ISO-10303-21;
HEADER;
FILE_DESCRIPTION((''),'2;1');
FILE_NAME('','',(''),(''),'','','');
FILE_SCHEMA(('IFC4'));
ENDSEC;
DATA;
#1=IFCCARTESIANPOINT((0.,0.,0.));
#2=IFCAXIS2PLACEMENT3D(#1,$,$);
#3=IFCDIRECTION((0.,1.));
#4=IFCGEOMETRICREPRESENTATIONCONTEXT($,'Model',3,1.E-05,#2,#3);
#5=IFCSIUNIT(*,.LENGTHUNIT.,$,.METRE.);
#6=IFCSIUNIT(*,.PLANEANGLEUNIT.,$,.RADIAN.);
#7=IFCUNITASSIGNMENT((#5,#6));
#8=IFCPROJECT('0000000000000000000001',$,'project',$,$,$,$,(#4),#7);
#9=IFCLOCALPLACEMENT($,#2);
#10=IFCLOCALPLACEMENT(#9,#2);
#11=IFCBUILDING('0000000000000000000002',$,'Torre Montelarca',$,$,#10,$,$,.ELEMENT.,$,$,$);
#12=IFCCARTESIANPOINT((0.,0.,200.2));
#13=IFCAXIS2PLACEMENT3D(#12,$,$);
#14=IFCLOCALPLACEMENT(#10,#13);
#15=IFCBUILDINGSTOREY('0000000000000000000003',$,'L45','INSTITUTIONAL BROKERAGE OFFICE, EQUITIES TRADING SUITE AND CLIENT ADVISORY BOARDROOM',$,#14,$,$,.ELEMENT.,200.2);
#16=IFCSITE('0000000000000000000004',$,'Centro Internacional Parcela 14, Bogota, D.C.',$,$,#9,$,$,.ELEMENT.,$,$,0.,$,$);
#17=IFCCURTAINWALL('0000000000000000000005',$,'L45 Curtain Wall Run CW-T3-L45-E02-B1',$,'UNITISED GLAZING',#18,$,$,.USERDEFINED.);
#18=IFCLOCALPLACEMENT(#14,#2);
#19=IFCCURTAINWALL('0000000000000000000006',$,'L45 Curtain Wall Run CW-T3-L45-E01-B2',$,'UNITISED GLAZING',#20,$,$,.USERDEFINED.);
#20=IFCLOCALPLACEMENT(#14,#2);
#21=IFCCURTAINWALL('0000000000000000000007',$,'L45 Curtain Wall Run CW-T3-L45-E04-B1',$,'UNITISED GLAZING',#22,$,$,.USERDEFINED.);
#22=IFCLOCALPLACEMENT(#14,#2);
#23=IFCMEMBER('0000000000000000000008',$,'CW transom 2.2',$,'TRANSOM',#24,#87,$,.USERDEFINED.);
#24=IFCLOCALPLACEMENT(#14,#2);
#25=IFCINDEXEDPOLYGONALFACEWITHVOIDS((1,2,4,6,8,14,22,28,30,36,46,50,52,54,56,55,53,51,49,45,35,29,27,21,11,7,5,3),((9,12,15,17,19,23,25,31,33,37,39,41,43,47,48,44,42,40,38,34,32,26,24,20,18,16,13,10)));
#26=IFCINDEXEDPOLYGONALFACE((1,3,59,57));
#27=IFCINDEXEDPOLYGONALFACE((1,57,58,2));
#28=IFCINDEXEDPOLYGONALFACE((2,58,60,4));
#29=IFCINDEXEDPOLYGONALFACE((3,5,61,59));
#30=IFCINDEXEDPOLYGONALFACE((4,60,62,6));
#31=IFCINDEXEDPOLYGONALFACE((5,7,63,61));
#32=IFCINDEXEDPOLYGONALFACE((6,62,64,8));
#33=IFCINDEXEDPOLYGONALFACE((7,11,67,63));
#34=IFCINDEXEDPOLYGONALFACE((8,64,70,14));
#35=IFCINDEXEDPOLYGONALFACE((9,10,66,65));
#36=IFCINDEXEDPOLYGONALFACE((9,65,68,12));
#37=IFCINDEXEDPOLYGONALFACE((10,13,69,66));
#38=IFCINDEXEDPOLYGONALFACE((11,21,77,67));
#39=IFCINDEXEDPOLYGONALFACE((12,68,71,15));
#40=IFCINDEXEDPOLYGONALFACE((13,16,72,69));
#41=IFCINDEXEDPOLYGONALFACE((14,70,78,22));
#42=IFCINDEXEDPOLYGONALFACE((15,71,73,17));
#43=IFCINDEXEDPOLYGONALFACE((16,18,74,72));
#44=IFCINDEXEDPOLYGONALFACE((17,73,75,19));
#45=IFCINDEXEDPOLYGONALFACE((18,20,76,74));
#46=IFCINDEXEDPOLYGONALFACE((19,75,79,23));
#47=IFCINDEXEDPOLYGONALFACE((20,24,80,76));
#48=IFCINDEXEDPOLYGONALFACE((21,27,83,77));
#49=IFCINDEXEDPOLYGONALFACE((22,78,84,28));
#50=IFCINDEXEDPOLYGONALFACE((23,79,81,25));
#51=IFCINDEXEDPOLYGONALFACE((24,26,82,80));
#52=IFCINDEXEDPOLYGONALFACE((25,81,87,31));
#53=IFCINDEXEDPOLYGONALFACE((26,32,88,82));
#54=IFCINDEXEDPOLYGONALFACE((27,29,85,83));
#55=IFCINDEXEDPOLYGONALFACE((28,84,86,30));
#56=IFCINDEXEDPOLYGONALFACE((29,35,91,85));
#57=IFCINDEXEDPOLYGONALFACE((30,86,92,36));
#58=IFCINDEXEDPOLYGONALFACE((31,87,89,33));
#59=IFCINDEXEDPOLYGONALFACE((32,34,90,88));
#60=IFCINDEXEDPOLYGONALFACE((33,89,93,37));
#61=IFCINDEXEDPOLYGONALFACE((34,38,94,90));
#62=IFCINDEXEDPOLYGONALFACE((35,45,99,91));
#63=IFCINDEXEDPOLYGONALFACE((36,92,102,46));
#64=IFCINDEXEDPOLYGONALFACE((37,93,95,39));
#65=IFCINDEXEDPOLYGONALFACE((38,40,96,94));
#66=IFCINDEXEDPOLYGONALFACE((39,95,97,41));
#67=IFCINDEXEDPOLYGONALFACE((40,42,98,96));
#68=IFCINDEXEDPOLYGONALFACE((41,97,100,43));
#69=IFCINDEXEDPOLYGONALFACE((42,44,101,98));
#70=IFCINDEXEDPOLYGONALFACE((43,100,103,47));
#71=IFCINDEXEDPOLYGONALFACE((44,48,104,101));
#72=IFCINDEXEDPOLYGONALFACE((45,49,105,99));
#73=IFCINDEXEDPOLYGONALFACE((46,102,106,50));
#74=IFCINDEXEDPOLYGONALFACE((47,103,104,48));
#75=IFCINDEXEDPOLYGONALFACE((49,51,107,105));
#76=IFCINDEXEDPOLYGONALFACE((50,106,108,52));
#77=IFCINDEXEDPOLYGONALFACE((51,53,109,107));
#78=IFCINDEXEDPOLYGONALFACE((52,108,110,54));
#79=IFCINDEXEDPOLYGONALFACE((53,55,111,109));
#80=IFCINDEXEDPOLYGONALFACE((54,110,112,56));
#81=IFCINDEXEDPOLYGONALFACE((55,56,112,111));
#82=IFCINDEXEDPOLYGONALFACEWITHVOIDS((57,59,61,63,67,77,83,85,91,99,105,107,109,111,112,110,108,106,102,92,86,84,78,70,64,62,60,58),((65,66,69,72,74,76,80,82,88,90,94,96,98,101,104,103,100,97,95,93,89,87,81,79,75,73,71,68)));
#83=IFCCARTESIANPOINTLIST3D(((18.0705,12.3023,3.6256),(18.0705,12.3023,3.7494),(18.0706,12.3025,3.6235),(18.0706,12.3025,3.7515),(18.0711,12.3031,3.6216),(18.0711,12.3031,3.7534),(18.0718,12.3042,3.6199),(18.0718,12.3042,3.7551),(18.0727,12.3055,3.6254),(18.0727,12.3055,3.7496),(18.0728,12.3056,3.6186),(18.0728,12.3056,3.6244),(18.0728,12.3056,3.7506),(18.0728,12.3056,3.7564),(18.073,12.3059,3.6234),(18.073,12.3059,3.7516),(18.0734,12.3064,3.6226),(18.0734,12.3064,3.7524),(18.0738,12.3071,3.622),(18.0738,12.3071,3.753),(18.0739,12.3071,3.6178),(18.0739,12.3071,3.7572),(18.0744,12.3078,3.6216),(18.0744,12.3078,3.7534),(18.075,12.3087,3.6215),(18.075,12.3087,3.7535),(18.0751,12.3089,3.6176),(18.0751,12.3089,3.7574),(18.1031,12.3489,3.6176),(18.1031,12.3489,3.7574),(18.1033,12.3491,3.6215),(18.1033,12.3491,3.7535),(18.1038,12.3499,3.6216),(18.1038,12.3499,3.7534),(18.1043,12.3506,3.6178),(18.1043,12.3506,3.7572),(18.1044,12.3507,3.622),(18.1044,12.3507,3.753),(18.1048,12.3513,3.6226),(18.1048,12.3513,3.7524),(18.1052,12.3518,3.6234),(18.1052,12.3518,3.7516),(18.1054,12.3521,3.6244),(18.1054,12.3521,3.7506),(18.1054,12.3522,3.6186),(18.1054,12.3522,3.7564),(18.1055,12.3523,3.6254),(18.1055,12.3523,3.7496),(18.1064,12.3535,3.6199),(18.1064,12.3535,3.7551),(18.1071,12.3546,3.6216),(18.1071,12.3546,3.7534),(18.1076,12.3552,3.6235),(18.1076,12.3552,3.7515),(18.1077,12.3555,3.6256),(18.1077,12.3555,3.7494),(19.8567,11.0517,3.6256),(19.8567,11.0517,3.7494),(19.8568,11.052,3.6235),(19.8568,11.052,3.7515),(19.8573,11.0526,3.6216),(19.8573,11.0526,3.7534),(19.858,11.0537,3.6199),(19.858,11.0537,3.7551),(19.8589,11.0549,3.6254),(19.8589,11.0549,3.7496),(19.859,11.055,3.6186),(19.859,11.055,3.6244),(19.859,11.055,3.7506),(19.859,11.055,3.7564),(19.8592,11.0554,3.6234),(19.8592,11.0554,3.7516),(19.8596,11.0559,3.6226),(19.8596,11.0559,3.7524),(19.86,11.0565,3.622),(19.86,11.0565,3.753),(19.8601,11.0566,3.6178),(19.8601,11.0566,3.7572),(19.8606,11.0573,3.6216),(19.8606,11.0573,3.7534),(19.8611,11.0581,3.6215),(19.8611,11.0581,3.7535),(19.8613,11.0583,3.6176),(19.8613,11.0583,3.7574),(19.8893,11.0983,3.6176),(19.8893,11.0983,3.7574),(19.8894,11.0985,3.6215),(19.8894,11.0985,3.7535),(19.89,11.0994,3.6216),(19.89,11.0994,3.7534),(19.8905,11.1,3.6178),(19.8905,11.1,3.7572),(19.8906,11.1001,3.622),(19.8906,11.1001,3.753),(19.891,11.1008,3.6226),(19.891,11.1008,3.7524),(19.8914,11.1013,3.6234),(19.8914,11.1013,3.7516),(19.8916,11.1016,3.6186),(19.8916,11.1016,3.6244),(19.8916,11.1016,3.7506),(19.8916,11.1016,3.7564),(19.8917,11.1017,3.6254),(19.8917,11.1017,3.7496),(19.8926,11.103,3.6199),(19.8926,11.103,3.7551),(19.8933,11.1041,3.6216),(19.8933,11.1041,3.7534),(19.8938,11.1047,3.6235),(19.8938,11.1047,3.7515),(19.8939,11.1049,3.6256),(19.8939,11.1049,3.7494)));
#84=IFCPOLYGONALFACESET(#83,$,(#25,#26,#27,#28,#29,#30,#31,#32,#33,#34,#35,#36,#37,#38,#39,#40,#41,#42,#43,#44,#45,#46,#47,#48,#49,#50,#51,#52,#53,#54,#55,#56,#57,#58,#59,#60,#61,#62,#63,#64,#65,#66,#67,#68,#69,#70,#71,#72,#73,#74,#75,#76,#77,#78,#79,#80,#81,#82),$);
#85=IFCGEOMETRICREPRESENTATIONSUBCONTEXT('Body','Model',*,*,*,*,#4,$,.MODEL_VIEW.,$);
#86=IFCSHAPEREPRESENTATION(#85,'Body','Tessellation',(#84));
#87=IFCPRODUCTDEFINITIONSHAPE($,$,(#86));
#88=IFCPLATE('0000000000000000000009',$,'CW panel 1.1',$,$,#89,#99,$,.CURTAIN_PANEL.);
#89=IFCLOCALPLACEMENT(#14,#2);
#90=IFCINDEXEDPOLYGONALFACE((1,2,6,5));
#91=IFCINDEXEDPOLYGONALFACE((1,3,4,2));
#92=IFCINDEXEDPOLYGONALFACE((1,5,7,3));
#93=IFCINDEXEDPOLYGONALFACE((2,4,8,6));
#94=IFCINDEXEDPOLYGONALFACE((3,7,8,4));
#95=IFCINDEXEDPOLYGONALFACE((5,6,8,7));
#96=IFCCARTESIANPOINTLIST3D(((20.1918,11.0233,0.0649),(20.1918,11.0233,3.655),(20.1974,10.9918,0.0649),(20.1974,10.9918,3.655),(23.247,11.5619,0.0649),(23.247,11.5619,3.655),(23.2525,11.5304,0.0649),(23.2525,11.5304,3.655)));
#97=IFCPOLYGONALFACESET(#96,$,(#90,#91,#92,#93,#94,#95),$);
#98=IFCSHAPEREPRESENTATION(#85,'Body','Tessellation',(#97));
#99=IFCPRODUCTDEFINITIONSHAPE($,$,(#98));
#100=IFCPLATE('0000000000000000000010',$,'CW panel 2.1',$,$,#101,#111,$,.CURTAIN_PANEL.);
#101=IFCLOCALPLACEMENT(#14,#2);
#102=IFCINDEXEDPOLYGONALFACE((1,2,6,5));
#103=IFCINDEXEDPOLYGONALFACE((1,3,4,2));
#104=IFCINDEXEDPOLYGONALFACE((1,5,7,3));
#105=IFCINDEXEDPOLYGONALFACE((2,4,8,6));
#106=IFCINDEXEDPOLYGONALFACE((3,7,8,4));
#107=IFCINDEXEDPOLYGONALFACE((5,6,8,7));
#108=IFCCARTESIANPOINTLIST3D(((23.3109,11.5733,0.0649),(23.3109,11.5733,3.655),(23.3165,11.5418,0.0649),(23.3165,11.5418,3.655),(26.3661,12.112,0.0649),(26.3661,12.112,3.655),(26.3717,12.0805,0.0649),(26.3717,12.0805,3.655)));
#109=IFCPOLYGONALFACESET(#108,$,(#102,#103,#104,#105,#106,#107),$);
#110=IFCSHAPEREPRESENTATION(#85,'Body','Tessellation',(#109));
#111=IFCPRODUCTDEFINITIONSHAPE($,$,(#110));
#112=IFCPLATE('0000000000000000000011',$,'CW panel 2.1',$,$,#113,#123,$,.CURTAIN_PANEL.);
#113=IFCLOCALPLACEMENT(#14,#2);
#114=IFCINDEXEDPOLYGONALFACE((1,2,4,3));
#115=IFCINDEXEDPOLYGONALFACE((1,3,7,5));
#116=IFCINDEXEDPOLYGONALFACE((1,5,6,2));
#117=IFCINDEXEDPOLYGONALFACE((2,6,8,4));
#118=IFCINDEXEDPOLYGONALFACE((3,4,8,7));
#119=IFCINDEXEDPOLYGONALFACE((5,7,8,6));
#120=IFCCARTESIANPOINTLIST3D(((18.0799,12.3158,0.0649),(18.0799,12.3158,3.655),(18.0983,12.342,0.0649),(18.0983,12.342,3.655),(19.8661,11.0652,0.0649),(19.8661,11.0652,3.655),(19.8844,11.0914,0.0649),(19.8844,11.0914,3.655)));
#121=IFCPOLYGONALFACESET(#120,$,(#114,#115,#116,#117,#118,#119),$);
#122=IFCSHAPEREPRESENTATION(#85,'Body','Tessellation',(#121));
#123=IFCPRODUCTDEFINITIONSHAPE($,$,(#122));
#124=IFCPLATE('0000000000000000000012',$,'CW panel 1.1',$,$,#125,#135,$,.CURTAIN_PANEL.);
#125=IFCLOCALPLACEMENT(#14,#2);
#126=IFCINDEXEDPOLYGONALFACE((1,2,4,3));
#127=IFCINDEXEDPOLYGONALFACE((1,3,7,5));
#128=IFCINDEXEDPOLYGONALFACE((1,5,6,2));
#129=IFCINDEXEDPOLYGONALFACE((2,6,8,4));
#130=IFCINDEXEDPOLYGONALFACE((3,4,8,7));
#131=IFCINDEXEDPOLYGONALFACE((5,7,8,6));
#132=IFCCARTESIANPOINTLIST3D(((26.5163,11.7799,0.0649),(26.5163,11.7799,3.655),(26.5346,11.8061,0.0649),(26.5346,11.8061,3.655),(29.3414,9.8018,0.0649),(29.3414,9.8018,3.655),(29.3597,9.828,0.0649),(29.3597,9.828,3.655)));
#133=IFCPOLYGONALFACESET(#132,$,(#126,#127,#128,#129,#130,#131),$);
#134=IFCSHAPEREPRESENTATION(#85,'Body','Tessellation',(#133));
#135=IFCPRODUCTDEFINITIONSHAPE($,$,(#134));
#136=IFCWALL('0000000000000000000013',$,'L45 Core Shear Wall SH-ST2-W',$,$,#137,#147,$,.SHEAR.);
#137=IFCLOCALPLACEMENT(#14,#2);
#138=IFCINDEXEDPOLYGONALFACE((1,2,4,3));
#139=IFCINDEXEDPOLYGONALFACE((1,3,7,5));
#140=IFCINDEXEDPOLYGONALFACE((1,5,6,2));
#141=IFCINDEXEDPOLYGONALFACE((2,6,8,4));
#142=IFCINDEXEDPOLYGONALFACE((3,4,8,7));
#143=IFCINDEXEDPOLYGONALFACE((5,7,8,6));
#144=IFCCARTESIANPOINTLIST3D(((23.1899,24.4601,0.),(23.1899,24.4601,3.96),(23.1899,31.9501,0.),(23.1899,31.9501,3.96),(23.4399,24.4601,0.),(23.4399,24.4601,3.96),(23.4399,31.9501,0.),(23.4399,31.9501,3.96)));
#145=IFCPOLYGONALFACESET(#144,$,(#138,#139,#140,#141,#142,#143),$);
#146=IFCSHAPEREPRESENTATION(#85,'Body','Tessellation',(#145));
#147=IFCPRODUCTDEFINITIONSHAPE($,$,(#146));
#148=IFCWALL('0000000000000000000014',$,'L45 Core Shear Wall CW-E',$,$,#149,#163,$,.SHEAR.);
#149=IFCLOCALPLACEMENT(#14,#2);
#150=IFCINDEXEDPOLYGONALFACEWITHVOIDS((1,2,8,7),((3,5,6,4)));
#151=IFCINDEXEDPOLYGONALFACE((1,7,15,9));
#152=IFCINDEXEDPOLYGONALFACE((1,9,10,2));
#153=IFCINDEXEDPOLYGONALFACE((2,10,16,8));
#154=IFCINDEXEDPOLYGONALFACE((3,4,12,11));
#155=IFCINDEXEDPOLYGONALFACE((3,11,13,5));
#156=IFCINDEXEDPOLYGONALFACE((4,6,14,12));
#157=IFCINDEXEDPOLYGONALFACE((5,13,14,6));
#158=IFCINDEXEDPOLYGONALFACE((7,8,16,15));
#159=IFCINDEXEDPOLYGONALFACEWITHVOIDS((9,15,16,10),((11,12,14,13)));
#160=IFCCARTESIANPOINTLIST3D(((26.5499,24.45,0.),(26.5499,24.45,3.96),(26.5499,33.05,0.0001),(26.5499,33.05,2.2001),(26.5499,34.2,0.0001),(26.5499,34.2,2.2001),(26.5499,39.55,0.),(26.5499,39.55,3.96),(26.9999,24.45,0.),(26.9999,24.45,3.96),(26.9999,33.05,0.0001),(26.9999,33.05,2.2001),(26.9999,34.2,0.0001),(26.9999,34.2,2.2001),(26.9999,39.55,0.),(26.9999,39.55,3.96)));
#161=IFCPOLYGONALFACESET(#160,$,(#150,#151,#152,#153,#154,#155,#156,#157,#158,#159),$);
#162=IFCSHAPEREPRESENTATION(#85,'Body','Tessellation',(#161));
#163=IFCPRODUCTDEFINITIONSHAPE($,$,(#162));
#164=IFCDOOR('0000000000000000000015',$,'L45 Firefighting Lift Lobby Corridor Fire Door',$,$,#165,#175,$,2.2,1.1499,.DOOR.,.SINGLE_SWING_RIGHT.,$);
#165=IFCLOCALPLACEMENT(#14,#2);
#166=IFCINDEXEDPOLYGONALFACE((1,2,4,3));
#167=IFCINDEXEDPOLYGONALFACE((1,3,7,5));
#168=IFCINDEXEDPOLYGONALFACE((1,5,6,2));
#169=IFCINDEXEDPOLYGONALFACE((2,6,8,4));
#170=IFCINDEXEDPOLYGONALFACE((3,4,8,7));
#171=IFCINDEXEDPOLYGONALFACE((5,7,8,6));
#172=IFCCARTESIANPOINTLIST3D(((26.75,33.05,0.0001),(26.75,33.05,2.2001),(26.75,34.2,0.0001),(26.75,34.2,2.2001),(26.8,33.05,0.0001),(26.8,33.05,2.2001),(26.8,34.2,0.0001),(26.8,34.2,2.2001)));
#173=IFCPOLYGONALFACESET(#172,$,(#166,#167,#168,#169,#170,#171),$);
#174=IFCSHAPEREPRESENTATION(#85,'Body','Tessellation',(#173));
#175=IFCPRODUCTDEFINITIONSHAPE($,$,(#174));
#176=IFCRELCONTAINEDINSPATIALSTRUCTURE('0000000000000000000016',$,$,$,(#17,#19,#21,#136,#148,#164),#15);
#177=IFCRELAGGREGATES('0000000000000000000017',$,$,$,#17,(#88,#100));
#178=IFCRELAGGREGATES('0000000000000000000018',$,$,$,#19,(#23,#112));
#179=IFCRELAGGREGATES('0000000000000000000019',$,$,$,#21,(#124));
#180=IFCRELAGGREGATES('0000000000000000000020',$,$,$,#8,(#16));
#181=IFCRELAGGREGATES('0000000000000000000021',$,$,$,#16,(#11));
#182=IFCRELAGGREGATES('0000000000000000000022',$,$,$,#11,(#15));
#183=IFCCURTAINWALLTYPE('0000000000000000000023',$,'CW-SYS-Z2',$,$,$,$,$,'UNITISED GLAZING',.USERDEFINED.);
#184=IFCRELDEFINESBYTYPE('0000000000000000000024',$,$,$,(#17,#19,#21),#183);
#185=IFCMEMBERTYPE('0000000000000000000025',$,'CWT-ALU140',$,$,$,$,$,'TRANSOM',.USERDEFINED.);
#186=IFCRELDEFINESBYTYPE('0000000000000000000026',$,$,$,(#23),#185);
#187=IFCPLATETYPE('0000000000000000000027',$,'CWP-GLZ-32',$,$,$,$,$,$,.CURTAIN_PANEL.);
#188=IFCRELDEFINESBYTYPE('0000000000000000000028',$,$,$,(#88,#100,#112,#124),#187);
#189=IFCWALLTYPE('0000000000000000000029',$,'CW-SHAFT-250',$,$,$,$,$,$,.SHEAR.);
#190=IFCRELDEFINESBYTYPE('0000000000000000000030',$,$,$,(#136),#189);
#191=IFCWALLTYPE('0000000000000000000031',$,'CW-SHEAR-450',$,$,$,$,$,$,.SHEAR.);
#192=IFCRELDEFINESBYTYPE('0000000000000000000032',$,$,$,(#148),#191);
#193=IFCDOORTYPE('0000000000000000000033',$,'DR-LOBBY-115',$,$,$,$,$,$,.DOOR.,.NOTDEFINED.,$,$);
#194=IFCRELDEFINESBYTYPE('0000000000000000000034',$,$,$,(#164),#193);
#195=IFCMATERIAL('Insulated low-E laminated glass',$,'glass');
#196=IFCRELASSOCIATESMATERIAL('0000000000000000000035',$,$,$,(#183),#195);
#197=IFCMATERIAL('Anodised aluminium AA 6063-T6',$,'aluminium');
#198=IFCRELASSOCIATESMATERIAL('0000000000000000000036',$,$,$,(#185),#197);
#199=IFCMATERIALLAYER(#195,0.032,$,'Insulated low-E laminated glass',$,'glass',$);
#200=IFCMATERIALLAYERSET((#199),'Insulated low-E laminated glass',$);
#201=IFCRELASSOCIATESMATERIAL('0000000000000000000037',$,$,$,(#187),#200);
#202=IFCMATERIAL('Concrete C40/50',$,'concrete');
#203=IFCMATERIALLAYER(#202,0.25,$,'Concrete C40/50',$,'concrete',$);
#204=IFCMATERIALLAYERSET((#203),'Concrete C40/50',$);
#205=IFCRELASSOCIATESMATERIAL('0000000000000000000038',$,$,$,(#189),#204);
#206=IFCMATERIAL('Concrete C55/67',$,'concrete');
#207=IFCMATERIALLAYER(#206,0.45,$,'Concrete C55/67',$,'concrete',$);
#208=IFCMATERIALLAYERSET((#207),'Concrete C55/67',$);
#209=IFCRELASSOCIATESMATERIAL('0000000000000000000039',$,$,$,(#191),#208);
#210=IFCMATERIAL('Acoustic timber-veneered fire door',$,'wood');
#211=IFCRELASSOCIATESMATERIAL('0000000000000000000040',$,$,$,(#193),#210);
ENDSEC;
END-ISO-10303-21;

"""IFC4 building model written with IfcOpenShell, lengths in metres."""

from ifc_helpers import new_model, si_unit, direction, frame, frame_2d, origin, origin_2d, place, context, subcontext, project, spatial, rectangle, hollow_rectangle, extrude, source, transform, mapped, material, layer, layer_set, material_profile, profile_set, type_object, element, fill, aggregate, save


model = new_model("IFC4")

# Units and contexts
model_context = context("Model", 3, precision=1e-05, world=origin(), true_north=direction((0.0, 1.0)))
body_context = subcontext(model_context, "Body", "Model", "MODEL_VIEW")
ifc_project = project(units=[si_unit("LENGTHUNIT", "METRE"), si_unit("PLANEANGLEUNIT", "RADIAN")], contexts=[model_context])

# Site, building, storey
site_placement = place(None, origin())
site = spatial("IfcSite", under=ifc_project, at=site_placement, Name="Centro Internacional Parcela 14, Bogota, D.C.", CompositionType="ELEMENT", RefElevation=0.0)
building_placement = place(site_placement, origin())
building = spatial("IfcBuilding", under=site, at=building_placement, Name="Torre Montelarca", CompositionType="ELEMENT")
storey_placement = place(building_placement, frame((0.0, 0.0, 200.2)))
storey = spatial("IfcBuildingStorey", under=building, at=storey_placement, Name="L45", Description="INSTITUTIONAL BROKERAGE OFFICE, EQUITIES TRADING SUITE AND CLIENT ADVISORY BOARDROOM", CompositionType="ELEMENT", Elevation=200.2)

# Shared definitions
ifc_material_1 = material(Name="Concrete C55/67", Category="concrete")

# Curtain wall
ifc_material_2 = material(Name="Insulated low-E laminated glass", Category="glass")
curtain_wall_type = type_object("IfcCurtainWallType", Name="CW-SYS-Z2", ElementType="UNITISED GLAZING", PredefinedType="USERDEFINED", material=ifc_material_2)
curtain_wall_1_placement = place(storey_placement, origin())
curtain_wall_1 = element("IfcCurtainWall", 1, at=curtain_wall_1_placement, inside=storey, type_object=curtain_wall_type, Name="L45 Curtain Wall Run CW-T3-L45-E02-B1", ObjectType="UNITISED GLAZING", PredefinedType="USERDEFINED")
ifc_material_3 = material(Name="Anodised aluminium AA 6063-T6", Category="aluminium")
ifc_material_profile_1 = material_profile(ifc_material_3, hollow_rectangle(XDim=0.0649, YDim=0.1399, WallThickness=0.0039, InnerFilletRadius=0.0039, OuterFilletRadius=0.0081, at=origin_2d()), Name="ALU65X140X4", Category="aluminium")
ifc_profile_set_1 = profile_set([ifc_material_profile_1], Name="Anodised aluminium AA 6063-T6")
member_type_1 = type_object("IfcMemberType", Name="CWT-ALU140", ElementType="TRANSOM", PredefinedType="USERDEFINED", material=ifc_profile_set_1)

# Curtain wall
curtain_wall_2_placement = place(storey_placement, origin())
curtain_wall_2 = element("IfcCurtainWall", 2, at=curtain_wall_2_placement, inside=storey, type_object=curtain_wall_type, Name="L45 Curtain Wall Run CW-T3-L45-E01-B2", ObjectType="UNITISED GLAZING", PredefinedType="USERDEFINED")

# Curtain wall
curtain_wall_3_placement = place(storey_placement, origin())
curtain_wall_3 = element("IfcCurtainWall", 3, at=curtain_wall_3_placement, inside=storey, type_object=curtain_wall_type, Name="L45 Curtain Wall Run CW-T3-L45-E04-B1", ObjectType="UNITISED GLAZING", PredefinedType="USERDEFINED")

# Member
shared_shape_1 = source(origin(), body_context, "Body", "SweptSolid", [
    extrude(hollow_rectangle(XDim=0.0649, YDim=0.1399, WallThickness=0.0039, InnerFilletRadius=0.0039, OuterFilletRadius=0.0081, at=origin_2d()), origin(), (0.0, 0.0, 1.0), 2.1804),
])
member_1_placement = place(storey_placement, frame((18.0891, 12.3289, 3.6875), z_axis=(0.81919, -0.573522, 0.0), x_axis=(0.573522, 0.81919, 0.0)))
member_1 = element("IfcMember", 4, at=member_1_placement, type_object=member_type_1, Name="CW transom 2.2", ObjectType="TRANSOM", PredefinedType="USERDEFINED", context=body_context, shape_type="MappedRepresentation", body=[
    mapped(shared_shape_1, transform((0.0, 0.0, 0.0), scale=1.0)),
])

# Plates
ifc_layer_1 = layer(ifc_material_2, 0.032, Name="Insulated low-E laminated glass", Category="glass")
ifc_layer_set_1 = layer_set([ifc_layer_1], Name="Insulated low-E laminated glass")
plate_type = type_object("IfcPlateType", Name="CWP-GLZ-32", PredefinedType="CURTAIN_PANEL", material=ifc_layer_set_1)
shared_shape_2 = source(origin(), body_context, "Body", "SweptSolid", [
    extrude(rectangle(XDim=3.1023, YDim=0.032, at=origin_2d()), origin(), (0.0, 0.0, 1.0), 3.5901),
])
plate_1_placement = place(storey_placement, frame((21.7222, 11.2769, 0.0649), z_axis=(0.0, 0.0, 1.0), x_axis=(0.98481, 0.173636, 0.0)))
plate_1 = element("IfcPlate", 5, at=plate_1_placement, type_object=plate_type, Name="CW panel 1.1", PredefinedType="CURTAIN_PANEL", context=body_context, shape_type="MappedRepresentation", body=[
    mapped(shared_shape_2, transform((0.0, 0.0, 0.0), scale=1.0)),
])
plate_2_placement = place(storey_placement, frame((24.8413, 11.8269, 0.0649), z_axis=(0.0, 0.0, 1.0), x_axis=(0.98481, 0.173636, 0.0)))
plate_2 = element("IfcPlate", 6, at=plate_2_placement, type_object=plate_type, Name="CW panel 2.1", PredefinedType="CURTAIN_PANEL", context=body_context, shape_type="MappedRepresentation", body=[
    mapped(shared_shape_2, transform((0.0, 0.0, 0.0), scale=1.0)),
])
aggregate(curtain_wall_1, [plate_1, plate_2])
shared_shape_3 = source(origin(), body_context, "Body", "SweptSolid", [
    extrude(rectangle(XDim=2.1804, YDim=0.032, at=origin_2d()), origin(), (0.0, 0.0, 1.0), 3.5901),
])
plate_3_placement = place(storey_placement, frame((18.9822, 11.7036, 0.0649), z_axis=(0.0, 0.0, 1.0), x_axis=(0.819163, -0.573561, 0.0)))
plate_3 = element("IfcPlate", 7, at=plate_3_placement, type_object=plate_type, Name="CW panel 2.1", PredefinedType="CURTAIN_PANEL", context=body_context, shape_type="MappedRepresentation", body=[
    mapped(shared_shape_3, transform((0.0, 0.0, 0.0), scale=1.0)),
])
aggregate(curtain_wall_2, [member_1, plate_3])
shared_shape_4 = source(origin(), body_context, "Body", "SweptSolid", [
    extrude(rectangle(XDim=3.4487, YDim=0.032, at=origin_2d()), origin(), (0.0, 0.0, 1.0), 3.5901),
])
plate_4_placement = place(storey_placement, frame((27.938, 10.804, 0.0649), z_axis=(0.0, 0.0, 1.0), x_axis=(0.819165, -0.573558, 0.0)))
plate_4 = element("IfcPlate", 8, at=plate_4_placement, type_object=plate_type, Name="CW panel 1.1", PredefinedType="CURTAIN_PANEL", context=body_context, shape_type="MappedRepresentation", body=[
    mapped(shared_shape_4, transform((0.0, 0.0, 0.0), scale=1.0)),
])
aggregate(curtain_wall_3, [plate_4])

# Wall
ifc_material_4 = material(Name="Concrete C40/50", Category="concrete")
ifc_layer_2 = layer(ifc_material_4, 0.25, Name="Concrete C40/50", Category="concrete")
ifc_layer_set_2 = layer_set([ifc_layer_2], Name="Concrete C40/50")
wall_type_1 = type_object("IfcWallType", Name="CW-SHAFT-250", PredefinedType="SHEAR", material=ifc_layer_set_2)
wall_1_placement = place(storey_placement, frame((23.3149, 24.46, 0.0), z_axis=(0.0, 0.0, 1.0), x_axis=(0.0, 1.0, 0.0)))
element("IfcWall", 9, at=wall_1_placement, inside=storey, type_object=wall_type_1, Name="L45 Core Shear Wall SH-ST2-W", PredefinedType="SHEAR", context=body_context, shape_type="SweptSolid", body=[
    extrude(rectangle(XDim=7.49, YDim=0.25, at=frame_2d((3.7451, 0.0))), origin(), (0.0, 0.0, 1.0), 3.96),
])

# Wall, opening, door
ifc_layer_3 = layer(ifc_material_1, 0.45, Name="Concrete C55/67", Category="concrete")
ifc_layer_set_3 = layer_set([ifc_layer_3], Name="Concrete C55/67")
wall_type_2 = type_object("IfcWallType", Name="CW-SHEAR-450", PredefinedType="SHEAR", material=ifc_layer_set_3)
wall_2_placement = place(storey_placement, frame((26.7749, 24.45, 0.0), z_axis=(0.0, 0.0, 1.0), x_axis=(0.0, 1.0, 0.0)))
wall_2 = element("IfcWall", 10, at=wall_2_placement, inside=storey, type_object=wall_type_2, Name="L45 Core Shear Wall CW-E", PredefinedType="SHEAR", context=body_context, shape_type="SweptSolid", body=[
    extrude(rectangle(XDim=15.1001, YDim=0.45, at=frame_2d((7.55, 0.0))), origin(), (0.0, 0.0, 1.0), 3.96),
])
opening_1_placement = place(wall_2_placement, frame((8.6001, 0.0, 0.0)))
opening_1 = element("IfcOpeningElement", 11, at=opening_1_placement, cuts=wall_2, PredefinedType="OPENING", context=body_context, shape_type="SweptSolid", body=[
    extrude(rectangle(XDim=1.1499, YDim=2.2, at=frame_2d((0.575, 1.1001))), frame((0.0, 0.2349, 0.0), z_axis=(0.0, -1.0, 0.0), x_axis=(1.0, 0.0, 0.0)), (0.0, 0.0, 1.0), 0.47),
])
ifc_material_5 = material(Name="Acoustic timber-veneered fire door", Category="wood")
door_type_1 = type_object("IfcDoorType", Name="DR-LOBBY-115", OperationType="NOTDEFINED", PredefinedType="DOOR", material=ifc_material_5)
shared_shape_5 = source(origin(), body_context, "Body", "SweptSolid", [
    extrude(rectangle(XDim=1.1499, YDim=2.2, at=frame_2d((0.575, 1.1001))), frame((0.0, 0.0249, 0.0), z_axis=(0.0, -1.0, 0.0), x_axis=(1.0, 0.0, 0.0)), (0.0, 0.0, 1.0), 0.05),
])
door_1_placement = place(opening_1_placement, origin())
door_1 = element("IfcDoor", 12, at=door_1_placement, inside=storey, type_object=door_type_1, Name="L45 Firefighting Lift Lobby Corridor Fire Door", OperationType="SINGLE_SWING_RIGHT", OverallHeight=2.2, OverallWidth=1.1499, PredefinedType="DOOR", context=body_context, shape_type="MappedRepresentation", body=[
    mapped(shared_shape_5, transform((0.0, 0.0, 0.0), scale=1.0)),
])
fill(opening_1, door_1)

save(model, "model.ifc")
